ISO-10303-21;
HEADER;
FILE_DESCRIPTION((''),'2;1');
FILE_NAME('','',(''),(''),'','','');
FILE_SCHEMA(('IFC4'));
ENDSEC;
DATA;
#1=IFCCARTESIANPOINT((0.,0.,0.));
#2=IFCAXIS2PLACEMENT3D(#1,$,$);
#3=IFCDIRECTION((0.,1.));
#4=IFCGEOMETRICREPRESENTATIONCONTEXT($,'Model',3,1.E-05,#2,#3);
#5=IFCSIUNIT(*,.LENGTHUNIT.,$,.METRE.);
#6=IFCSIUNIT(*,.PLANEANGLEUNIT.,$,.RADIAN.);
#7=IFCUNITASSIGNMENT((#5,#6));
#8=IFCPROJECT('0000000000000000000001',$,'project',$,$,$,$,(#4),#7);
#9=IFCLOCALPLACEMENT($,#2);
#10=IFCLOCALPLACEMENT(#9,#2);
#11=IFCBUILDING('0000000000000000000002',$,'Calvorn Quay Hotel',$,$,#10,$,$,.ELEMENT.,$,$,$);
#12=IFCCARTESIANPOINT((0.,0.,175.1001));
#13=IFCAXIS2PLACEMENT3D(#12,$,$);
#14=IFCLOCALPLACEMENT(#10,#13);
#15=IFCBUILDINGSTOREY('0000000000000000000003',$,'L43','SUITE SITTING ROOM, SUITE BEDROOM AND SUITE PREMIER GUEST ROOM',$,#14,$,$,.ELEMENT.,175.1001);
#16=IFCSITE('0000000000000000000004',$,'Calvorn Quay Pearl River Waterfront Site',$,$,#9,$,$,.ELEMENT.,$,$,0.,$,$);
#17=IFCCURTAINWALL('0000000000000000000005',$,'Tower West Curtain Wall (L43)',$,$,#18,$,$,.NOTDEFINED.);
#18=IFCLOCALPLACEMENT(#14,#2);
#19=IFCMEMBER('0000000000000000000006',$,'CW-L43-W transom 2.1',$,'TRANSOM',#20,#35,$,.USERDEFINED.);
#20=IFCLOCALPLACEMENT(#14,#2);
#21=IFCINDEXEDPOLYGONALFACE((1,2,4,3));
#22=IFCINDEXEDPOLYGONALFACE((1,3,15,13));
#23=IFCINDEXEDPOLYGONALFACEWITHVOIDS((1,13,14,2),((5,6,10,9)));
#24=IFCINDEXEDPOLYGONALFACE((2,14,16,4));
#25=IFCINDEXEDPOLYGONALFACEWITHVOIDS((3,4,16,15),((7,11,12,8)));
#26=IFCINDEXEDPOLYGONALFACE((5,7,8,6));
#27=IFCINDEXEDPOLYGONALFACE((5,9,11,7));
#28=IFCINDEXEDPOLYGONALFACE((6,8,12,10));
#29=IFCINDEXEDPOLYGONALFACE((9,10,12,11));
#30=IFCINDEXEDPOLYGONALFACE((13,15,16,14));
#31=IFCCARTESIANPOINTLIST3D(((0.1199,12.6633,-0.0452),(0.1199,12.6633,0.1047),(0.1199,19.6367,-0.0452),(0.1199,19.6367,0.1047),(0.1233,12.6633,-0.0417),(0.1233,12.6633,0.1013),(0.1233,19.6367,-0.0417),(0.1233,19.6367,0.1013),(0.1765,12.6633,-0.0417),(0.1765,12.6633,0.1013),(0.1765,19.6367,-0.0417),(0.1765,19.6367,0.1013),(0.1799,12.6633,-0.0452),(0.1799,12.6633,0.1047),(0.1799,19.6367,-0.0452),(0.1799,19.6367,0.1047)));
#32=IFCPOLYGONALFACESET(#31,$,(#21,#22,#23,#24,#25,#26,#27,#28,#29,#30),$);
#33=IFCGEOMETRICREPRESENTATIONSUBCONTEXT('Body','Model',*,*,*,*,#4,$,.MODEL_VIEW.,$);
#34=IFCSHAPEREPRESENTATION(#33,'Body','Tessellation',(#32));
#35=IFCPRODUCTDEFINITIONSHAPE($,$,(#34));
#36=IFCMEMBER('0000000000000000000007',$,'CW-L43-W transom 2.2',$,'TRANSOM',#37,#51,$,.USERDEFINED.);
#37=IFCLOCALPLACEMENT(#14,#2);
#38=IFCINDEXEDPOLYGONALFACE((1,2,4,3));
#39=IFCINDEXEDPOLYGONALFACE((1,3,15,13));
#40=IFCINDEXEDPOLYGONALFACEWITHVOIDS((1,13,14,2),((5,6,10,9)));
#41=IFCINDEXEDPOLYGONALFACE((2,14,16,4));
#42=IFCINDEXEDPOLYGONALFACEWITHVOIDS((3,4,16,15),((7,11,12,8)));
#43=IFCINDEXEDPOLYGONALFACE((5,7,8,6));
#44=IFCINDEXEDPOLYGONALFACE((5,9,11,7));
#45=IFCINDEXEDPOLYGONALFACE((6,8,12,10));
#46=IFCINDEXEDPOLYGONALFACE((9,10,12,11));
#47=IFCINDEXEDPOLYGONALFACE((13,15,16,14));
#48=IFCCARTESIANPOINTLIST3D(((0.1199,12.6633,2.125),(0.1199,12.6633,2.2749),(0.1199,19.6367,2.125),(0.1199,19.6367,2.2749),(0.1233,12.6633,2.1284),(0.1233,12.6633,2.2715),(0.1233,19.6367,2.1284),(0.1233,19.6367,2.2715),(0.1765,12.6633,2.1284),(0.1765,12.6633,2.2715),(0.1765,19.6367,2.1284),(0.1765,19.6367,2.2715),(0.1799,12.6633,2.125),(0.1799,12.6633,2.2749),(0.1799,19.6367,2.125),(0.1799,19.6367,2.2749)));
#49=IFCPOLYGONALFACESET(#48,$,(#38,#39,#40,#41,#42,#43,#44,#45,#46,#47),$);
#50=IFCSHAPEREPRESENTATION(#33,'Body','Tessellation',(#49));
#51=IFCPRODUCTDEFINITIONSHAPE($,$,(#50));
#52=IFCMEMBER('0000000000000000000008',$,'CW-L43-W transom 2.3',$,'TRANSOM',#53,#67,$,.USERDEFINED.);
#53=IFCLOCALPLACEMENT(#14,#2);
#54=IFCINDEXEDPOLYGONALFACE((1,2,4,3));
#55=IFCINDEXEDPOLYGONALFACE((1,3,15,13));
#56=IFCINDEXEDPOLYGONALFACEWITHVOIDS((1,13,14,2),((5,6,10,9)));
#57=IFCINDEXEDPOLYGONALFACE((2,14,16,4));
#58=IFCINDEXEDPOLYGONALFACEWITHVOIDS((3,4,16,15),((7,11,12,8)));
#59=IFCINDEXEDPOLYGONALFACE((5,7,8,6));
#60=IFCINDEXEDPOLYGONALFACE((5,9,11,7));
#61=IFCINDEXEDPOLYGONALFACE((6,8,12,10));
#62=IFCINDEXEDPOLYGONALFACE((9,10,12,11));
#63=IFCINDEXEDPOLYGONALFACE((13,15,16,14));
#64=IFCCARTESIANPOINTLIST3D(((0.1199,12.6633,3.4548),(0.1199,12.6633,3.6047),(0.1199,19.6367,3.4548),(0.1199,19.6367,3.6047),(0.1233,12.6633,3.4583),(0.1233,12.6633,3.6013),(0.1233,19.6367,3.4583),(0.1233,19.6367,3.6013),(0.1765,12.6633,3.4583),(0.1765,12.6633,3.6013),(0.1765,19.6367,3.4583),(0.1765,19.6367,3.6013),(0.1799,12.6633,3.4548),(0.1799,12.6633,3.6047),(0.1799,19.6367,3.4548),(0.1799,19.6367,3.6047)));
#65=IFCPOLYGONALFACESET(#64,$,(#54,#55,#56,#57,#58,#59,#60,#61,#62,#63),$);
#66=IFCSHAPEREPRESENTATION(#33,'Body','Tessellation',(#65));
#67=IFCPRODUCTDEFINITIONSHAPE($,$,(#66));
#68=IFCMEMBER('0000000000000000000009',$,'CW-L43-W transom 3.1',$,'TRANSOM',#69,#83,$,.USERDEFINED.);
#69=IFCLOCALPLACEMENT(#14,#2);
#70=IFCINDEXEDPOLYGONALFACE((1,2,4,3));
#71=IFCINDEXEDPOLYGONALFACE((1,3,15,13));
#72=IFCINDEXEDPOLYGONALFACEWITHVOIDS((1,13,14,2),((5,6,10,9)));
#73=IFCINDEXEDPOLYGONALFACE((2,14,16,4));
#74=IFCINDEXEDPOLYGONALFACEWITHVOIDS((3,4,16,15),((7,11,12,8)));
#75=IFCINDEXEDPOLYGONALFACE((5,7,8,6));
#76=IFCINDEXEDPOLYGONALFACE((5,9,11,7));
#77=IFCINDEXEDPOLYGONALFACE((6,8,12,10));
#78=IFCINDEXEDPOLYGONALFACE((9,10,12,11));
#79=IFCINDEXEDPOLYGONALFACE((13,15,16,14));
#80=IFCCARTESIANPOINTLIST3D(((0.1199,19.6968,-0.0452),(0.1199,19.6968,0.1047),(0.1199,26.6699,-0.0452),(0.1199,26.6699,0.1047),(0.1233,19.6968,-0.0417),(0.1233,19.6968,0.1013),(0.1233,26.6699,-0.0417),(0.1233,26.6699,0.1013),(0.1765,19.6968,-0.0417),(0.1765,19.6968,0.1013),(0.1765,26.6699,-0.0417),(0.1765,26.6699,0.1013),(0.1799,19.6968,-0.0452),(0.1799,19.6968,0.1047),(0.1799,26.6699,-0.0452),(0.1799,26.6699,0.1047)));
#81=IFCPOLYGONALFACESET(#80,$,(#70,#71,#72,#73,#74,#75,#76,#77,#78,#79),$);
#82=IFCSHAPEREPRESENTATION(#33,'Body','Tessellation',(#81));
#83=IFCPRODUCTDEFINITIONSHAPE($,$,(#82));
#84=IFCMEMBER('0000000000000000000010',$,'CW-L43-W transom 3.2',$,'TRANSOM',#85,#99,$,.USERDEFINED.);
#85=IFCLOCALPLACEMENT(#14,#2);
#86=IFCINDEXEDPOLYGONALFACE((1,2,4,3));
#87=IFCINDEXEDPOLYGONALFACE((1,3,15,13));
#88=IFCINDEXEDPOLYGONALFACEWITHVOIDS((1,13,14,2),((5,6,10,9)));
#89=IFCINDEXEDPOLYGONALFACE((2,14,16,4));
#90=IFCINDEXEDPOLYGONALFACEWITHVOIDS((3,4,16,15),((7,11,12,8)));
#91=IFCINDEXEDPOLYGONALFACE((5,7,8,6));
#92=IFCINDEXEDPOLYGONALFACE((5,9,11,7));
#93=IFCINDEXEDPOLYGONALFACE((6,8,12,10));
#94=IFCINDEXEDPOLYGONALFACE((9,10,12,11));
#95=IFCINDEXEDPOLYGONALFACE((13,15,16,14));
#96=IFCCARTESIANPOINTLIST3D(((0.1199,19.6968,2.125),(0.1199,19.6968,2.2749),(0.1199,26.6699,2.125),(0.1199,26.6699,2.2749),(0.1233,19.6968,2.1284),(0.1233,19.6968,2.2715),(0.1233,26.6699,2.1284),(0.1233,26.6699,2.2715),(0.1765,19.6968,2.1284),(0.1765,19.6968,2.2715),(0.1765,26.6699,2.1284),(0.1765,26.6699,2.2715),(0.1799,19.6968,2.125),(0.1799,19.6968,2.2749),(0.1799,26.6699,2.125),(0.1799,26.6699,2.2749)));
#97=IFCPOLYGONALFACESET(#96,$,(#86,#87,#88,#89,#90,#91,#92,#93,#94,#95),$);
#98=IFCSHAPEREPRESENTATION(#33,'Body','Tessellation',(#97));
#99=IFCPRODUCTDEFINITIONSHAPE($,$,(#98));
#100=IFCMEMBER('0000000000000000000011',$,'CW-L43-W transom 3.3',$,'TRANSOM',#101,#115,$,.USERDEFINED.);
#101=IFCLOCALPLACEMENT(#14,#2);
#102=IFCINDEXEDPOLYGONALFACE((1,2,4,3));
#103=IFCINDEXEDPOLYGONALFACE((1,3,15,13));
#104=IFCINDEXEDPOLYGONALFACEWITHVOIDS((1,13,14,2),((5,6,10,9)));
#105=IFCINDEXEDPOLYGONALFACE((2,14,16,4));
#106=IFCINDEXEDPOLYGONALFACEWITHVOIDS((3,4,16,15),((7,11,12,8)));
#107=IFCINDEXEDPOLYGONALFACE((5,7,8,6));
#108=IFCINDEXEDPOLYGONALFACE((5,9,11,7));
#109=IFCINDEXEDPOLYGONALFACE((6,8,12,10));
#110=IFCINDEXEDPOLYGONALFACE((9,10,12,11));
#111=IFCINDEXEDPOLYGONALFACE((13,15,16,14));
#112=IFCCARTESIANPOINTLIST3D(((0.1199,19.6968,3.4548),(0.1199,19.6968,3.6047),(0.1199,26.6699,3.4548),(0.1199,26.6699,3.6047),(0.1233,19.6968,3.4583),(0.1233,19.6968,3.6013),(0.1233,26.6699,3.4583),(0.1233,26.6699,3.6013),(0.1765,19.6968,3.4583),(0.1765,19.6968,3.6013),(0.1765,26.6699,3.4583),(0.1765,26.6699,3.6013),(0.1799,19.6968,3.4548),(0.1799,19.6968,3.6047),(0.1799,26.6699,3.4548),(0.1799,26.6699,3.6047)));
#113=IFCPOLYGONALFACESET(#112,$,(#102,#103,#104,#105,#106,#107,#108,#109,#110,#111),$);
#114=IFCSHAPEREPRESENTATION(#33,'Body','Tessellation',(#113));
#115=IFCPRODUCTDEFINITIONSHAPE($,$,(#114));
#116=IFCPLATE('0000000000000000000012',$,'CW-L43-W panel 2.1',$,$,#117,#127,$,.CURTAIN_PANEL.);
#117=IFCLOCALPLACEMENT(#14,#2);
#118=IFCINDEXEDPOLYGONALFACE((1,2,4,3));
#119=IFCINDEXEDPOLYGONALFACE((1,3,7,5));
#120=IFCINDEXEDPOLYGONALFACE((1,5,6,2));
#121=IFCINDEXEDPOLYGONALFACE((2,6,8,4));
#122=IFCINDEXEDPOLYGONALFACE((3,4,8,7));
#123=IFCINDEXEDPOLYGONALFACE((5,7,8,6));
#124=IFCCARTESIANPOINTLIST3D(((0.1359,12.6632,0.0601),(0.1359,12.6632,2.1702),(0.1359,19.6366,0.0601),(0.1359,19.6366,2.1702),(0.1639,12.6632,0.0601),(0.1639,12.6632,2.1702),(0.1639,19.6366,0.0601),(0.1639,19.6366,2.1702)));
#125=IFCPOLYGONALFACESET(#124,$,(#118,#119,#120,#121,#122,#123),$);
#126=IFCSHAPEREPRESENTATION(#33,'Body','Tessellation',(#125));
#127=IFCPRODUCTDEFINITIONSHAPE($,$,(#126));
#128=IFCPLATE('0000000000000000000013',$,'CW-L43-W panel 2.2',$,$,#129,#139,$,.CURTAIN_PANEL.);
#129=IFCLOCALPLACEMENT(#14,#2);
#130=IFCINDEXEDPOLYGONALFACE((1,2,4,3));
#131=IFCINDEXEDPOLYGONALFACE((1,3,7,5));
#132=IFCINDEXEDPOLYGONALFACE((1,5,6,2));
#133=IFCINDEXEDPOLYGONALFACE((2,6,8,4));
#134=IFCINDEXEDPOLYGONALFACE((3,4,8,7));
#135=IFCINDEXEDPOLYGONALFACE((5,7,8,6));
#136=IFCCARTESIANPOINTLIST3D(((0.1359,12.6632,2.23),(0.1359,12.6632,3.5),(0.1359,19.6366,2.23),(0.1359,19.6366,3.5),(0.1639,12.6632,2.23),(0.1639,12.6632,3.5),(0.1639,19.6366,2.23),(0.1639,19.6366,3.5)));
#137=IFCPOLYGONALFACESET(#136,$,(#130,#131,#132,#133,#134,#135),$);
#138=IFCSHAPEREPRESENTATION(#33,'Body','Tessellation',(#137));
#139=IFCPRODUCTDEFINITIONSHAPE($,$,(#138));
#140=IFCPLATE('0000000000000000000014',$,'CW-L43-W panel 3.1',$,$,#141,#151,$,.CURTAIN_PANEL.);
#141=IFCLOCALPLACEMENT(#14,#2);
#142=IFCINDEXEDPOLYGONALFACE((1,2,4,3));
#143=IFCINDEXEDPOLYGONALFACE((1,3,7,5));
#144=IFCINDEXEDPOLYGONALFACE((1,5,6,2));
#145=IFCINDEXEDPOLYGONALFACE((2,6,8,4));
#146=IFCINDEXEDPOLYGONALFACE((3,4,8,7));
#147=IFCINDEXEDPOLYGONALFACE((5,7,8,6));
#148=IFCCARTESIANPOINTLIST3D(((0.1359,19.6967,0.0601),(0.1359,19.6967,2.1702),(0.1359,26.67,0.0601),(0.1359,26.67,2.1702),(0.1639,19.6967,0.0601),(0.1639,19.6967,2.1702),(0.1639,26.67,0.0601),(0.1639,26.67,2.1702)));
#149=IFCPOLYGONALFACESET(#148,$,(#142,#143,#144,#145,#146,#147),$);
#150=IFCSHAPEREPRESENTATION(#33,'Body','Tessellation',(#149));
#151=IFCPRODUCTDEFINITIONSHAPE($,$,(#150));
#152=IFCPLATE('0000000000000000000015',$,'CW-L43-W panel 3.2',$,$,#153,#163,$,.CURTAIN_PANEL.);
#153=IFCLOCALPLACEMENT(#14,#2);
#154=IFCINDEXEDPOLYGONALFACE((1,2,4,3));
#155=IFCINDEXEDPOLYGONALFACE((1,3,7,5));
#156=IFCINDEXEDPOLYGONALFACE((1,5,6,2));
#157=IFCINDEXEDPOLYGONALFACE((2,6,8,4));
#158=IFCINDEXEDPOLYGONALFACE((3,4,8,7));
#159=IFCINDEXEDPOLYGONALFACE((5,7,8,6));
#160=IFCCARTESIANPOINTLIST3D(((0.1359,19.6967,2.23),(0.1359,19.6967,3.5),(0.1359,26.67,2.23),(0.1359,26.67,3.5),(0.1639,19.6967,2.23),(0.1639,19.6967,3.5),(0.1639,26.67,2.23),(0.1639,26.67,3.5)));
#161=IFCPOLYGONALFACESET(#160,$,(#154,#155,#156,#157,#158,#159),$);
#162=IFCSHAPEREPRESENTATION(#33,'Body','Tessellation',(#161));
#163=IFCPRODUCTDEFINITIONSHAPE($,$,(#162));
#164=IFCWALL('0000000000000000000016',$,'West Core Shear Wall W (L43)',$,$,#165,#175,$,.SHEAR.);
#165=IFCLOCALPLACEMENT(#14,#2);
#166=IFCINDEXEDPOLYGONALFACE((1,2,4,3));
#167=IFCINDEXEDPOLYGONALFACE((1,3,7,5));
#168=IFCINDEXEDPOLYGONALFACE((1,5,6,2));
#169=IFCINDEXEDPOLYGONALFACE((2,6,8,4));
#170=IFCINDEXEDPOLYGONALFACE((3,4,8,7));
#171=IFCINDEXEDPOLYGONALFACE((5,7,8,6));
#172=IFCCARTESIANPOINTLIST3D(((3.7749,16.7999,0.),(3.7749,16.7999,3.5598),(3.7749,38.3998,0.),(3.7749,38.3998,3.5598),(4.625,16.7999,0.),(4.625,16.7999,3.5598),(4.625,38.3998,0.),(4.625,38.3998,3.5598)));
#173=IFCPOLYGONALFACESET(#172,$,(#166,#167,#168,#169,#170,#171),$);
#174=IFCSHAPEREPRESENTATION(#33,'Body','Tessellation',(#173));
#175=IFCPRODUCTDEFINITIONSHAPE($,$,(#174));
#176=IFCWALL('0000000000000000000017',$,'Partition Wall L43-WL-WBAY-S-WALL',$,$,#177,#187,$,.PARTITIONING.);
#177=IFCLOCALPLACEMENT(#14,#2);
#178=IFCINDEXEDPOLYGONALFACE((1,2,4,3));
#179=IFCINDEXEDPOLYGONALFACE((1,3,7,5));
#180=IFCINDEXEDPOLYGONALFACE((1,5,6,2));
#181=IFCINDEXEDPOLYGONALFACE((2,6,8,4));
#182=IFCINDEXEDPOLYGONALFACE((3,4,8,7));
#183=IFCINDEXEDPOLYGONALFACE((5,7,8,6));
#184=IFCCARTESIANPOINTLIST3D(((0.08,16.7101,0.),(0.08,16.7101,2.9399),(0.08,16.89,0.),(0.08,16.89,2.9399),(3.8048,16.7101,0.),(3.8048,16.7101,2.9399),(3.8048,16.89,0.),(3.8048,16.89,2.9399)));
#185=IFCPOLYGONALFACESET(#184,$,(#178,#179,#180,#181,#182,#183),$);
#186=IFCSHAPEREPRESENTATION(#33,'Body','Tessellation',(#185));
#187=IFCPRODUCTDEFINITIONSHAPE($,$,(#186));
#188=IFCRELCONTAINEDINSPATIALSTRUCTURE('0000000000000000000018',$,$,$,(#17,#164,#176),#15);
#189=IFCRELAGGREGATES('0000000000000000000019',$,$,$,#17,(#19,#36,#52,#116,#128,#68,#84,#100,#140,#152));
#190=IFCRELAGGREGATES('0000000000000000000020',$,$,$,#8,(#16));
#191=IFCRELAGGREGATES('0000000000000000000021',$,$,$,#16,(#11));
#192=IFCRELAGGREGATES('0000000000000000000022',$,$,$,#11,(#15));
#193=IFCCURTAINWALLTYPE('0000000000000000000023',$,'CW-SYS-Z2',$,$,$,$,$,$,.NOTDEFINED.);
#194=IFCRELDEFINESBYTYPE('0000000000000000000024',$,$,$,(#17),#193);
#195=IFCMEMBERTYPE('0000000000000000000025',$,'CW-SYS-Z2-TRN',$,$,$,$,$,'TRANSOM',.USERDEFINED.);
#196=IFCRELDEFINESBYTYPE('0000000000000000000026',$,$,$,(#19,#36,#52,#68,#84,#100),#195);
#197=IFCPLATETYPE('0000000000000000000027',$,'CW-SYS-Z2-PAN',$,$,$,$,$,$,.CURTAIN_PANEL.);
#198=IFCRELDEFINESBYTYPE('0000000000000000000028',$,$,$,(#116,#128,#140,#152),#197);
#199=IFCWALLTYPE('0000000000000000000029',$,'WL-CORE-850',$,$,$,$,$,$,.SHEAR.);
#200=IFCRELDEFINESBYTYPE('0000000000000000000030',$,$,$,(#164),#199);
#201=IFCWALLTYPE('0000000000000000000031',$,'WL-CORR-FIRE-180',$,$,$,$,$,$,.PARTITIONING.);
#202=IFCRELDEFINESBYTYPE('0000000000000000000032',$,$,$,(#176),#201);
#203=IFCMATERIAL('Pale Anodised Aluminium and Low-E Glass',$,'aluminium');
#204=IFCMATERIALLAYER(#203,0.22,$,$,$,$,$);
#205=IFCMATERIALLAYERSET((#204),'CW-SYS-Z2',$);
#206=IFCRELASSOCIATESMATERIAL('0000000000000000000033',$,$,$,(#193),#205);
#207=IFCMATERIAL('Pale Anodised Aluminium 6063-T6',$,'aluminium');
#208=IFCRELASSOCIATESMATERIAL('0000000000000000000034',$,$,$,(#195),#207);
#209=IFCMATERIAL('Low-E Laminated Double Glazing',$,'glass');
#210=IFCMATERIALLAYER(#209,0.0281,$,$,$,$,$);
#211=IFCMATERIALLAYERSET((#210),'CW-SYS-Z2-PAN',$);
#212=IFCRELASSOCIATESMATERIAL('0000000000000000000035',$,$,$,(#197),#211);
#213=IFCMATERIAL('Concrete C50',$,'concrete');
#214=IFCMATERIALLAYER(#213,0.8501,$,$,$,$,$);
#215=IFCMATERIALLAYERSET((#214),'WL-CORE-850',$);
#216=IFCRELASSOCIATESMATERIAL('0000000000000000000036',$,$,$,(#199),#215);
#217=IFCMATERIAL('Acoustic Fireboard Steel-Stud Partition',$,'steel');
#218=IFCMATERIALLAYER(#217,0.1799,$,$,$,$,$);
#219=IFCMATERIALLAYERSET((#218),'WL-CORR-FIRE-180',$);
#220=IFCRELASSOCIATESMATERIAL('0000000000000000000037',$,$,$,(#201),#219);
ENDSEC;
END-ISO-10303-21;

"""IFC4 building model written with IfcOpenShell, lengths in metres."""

from ifc_helpers import new_model, si_unit, direction, frame, frame_2d, origin, origin_2d, place, context, subcontext, project, spatial, rectangle, hollow_rectangle, extrude, material, layer, layer_set, material_profile, profile_set, type_object, element, aggregate, save


model = new_model("IFC4")

# Units and contexts
model_context = context("Model", 3, precision=1e-05, world=origin(), true_north=direction((0.0, 1.0)))
body_context = subcontext(model_context, "Body", "Model", "MODEL_VIEW")
ifc_project = project(units=[si_unit("LENGTHUNIT", "METRE"), si_unit("PLANEANGLEUNIT", "RADIAN")], contexts=[model_context])

# Site, building, storey
site_placement = place(None, origin())
site = spatial("IfcSite", under=ifc_project, at=site_placement, Name="Calvorn Quay Pearl River Waterfront Site", CompositionType="ELEMENT", RefElevation=0.0)
building_placement = place(site_placement, origin())
building = spatial("IfcBuilding", under=site, at=building_placement, Name="Calvorn Quay Hotel", CompositionType="ELEMENT")
storey_placement = place(building_placement, frame((0.0, 0.0, 175.1001)))
storey = spatial("IfcBuildingStorey", under=building, at=storey_placement, Name="L43", Description="SUITE SITTING ROOM, SUITE BEDROOM AND SUITE PREMIER GUEST ROOM", CompositionType="ELEMENT", Elevation=175.1001)

# Curtain wall, members, plates
ifc_material_1 = material(Name="Pale Anodised Aluminium and Low-E Glass", Category="aluminium")
ifc_layer_1 = layer(ifc_material_1, 0.22)
ifc_layer_set_1 = layer_set([ifc_layer_1], Name="CW-SYS-Z2")
curtain_wall_type = type_object("IfcCurtainWallType", Name="CW-SYS-Z2", PredefinedType="NOTDEFINED", material=ifc_layer_set_1)
curtain_wall_placement = place(storey_placement, origin())
curtain_wall = element("IfcCurtainWall", 1, at=curtain_wall_placement, inside=storey, type_object=curtain_wall_type, Name="Tower West Curtain Wall (L43)", PredefinedType="NOTDEFINED")
ifc_material_2 = material(Name="Pale Anodised Aluminium 6063-T6", Category="aluminium")
ifc_material_profile_1 = material_profile(ifc_material_2, hollow_rectangle(XDim=0.0601, YDim=0.1499, WallThickness=0.0034, at=origin_2d()), Name="ALU-T150x60x3.5")
ifc_profile_set_1 = profile_set([ifc_material_profile_1], Name="Pale Anodised Aluminium 6063-T6")
member_type_1 = type_object("IfcMemberType", Name="CW-SYS-Z2-TRN", ElementType="TRANSOM", PredefinedType="USERDEFINED", material=ifc_profile_set_1)
member_1_placement = place(storey_placement, frame((0.1499, 12.6633, 0.0298), z_axis=(0.0, 1.0, 0.0), x_axis=(-1.0, 0.0, 0.0)))
member_1 = element("IfcMember", 2, at=member_1_placement, type_object=member_type_1, Name="CW-L43-W transom 2.1", ObjectType="TRANSOM", PredefinedType="USERDEFINED", context=body_context, shape_type="SweptSolid", body=[
    extrude(hollow_rectangle(XDim=0.0601, YDim=0.1499, WallThickness=0.0034, at=origin_2d()), origin(), (0.0, 0.0, 1.0), 6.9734),
])
member_2_placement = place(storey_placement, frame((0.1499, 12.6633, 2.2), z_axis=(0.0, 1.0, 0.0), x_axis=(-1.0, 0.0, 0.0)))
member_2 = element("IfcMember", 3, at=member_2_placement, type_object=member_type_1, Name="CW-L43-W transom 2.2", ObjectType="TRANSOM", PredefinedType="USERDEFINED", context=body_context, shape_type="SweptSolid", body=[
    extrude(hollow_rectangle(XDim=0.0601, YDim=0.1499, WallThickness=0.0034, at=origin_2d()), origin(), (0.0, 0.0, 1.0), 6.9734),
])
member_3_placement = place(storey_placement, frame((0.1499, 12.6633, 3.5298), z_axis=(0.0, 1.0, 0.0), x_axis=(-1.0, 0.0, 0.0)))
member_3 = element("IfcMember", 4, at=member_3_placement, type_object=member_type_1, Name="CW-L43-W transom 2.3", ObjectType="TRANSOM", PredefinedType="USERDEFINED", context=body_context, shape_type="SweptSolid", body=[
    extrude(hollow_rectangle(XDim=0.0601, YDim=0.1499, WallThickness=0.0034, at=origin_2d()), origin(), (0.0, 0.0, 1.0), 6.9734),
])
member_4_placement = place(storey_placement, frame((0.1499, 19.6968, 0.0298), z_axis=(0.0, 1.0, 0.0), x_axis=(-1.0, 0.0, 0.0)))
member_4 = element("IfcMember", 5, at=member_4_placement, type_object=member_type_1, Name="CW-L43-W transom 3.1", ObjectType="TRANSOM", PredefinedType="USERDEFINED", context=body_context, shape_type="SweptSolid", body=[
    extrude(hollow_rectangle(XDim=0.0601, YDim=0.1499, WallThickness=0.0034, at=origin_2d()), origin(), (0.0, 0.0, 1.0), 6.9731),
])
member_5_placement = place(storey_placement, frame((0.1499, 19.6968, 2.2), z_axis=(0.0, 1.0, 0.0), x_axis=(-1.0, 0.0, 0.0)))
member_5 = element("IfcMember", 6, at=member_5_placement, type_object=member_type_1, Name="CW-L43-W transom 3.2", ObjectType="TRANSOM", PredefinedType="USERDEFINED", context=body_context, shape_type="SweptSolid", body=[
    extrude(hollow_rectangle(XDim=0.0601, YDim=0.1499, WallThickness=0.0034, at=origin_2d()), origin(), (0.0, 0.0, 1.0), 6.9731),
])
member_6_placement = place(storey_placement, frame((0.1499, 19.6968, 3.5298), z_axis=(0.0, 1.0, 0.0), x_axis=(-1.0, 0.0, 0.0)))
member_6 = element("IfcMember", 7, at=member_6_placement, type_object=member_type_1, Name="CW-L43-W transom 3.3", ObjectType="TRANSOM", PredefinedType="USERDEFINED", context=body_context, shape_type="SweptSolid", body=[
    extrude(hollow_rectangle(XDim=0.0601, YDim=0.1499, WallThickness=0.0034, at=origin_2d()), origin(), (0.0, 0.0, 1.0), 6.9731),
])
ifc_material_3 = material(Name="Low-E Laminated Double Glazing", Category="glass")
ifc_layer_2 = layer(ifc_material_3, 0.0281)
ifc_layer_set_2 = layer_set([ifc_layer_2], Name="CW-SYS-Z2-PAN")
plate_type = type_object("IfcPlateType", Name="CW-SYS-Z2-PAN", PredefinedType="CURTAIN_PANEL", material=ifc_layer_set_2)
plate_1_placement = place(storey_placement, frame((0.1499, 16.1499, 0.0601), z_axis=(0.0, 0.0, 1.0), x_axis=(0.0, 1.0, 0.0)))
plate_1 = element("IfcPlate", 8, at=plate_1_placement, type_object=plate_type, Name="CW-L43-W panel 2.1", PredefinedType="CURTAIN_PANEL", context=body_context, shape_type="SweptSolid", body=[
    extrude(rectangle(XDim=6.9734, YDim=0.0281, at=origin_2d()), origin(), (0.0, 0.0, 1.0), 2.1101),
])
plate_2_placement = place(storey_placement, frame((0.1499, 16.1499, 2.23), z_axis=(0.0, 0.0, 1.0), x_axis=(0.0, 1.0, 0.0)))
plate_2 = element("IfcPlate", 9, at=plate_2_placement, type_object=plate_type, Name="CW-L43-W panel 2.2", PredefinedType="CURTAIN_PANEL", context=body_context, shape_type="SweptSolid", body=[
    extrude(rectangle(XDim=6.9734, YDim=0.0281, at=origin_2d()), origin(), (0.0, 0.0, 1.0), 1.27),
])
plate_3_placement = place(storey_placement, frame((0.1499, 23.1833, 0.0601), z_axis=(0.0, 0.0, 1.0), x_axis=(0.0, 1.0, 0.0)))
plate_3 = element("IfcPlate", 10, at=plate_3_placement, type_object=plate_type, Name="CW-L43-W panel 3.1", PredefinedType="CURTAIN_PANEL", context=body_context, shape_type="SweptSolid", body=[
    extrude(rectangle(XDim=6.9734, YDim=0.0281, at=origin_2d()), origin(), (0.0, 0.0, 1.0), 2.1101),
])
plate_4_placement = place(storey_placement, frame((0.1499, 23.1833, 2.23), z_axis=(0.0, 0.0, 1.0), x_axis=(0.0, 1.0, 0.0)))
plate_4 = element("IfcPlate", 11, at=plate_4_placement, type_object=plate_type, Name="CW-L43-W panel 3.2", PredefinedType="CURTAIN_PANEL", context=body_context, shape_type="SweptSolid", body=[
    extrude(rectangle(XDim=6.9734, YDim=0.0281, at=origin_2d()), origin(), (0.0, 0.0, 1.0), 1.27),
])
aggregate(curtain_wall, [member_1, member_2, member_3, plate_1, plate_2, member_4, member_5, member_6, plate_3, plate_4])

# Walls
ifc_material_4 = material(Name="Concrete C50", Category="concrete")
ifc_layer_3 = layer(ifc_material_4, 0.8501)
ifc_layer_set_3 = layer_set([ifc_layer_3], Name="WL-CORE-850")
wall_type_1 = type_object("IfcWallType", Name="WL-CORE-850", PredefinedType="SHEAR", material=ifc_layer_set_3)
wall_1_placement = place(storey_placement, frame((4.2, 16.8, 0.0), z_axis=(0.0, 0.0, 1.0), x_axis=(0.0, 1.0, 0.0)))
element("IfcWall", 12, at=wall_1_placement, inside=storey, type_object=wall_type_1, Name="West Core Shear Wall W (L43)", PredefinedType="SHEAR", context=body_context, shape_type="SweptSolid", body=[
    extrude(rectangle(XDim=21.5999, YDim=0.8501, at=frame_2d((10.7998, 0.0))), origin(), (0.0, 0.0, 1.0), 3.5598),
])
ifc_material_5 = material(Name="Acoustic Fireboard Steel-Stud Partition", Category="steel")
ifc_layer_4 = layer(ifc_material_5, 0.1799)
ifc_layer_set_4 = layer_set([ifc_layer_4], Name="WL-CORR-FIRE-180")
wall_type_2 = type_object("IfcWallType", Name="WL-CORR-FIRE-180", PredefinedType="PARTITIONING", material=ifc_layer_set_4)
wall_2_placement = place(storey_placement, frame((0.0801, 16.8, 0.0), z_axis=(0.0, 0.0, 1.0), x_axis=(1.0, 0.0, 0.0)))
element("IfcWall", 13, at=wall_2_placement, inside=storey, type_object=wall_type_2, Name="Partition Wall L43-WL-WBAY-S-WALL", PredefinedType="PARTITIONING", context=body_context, shape_type="SweptSolid", body=[
    extrude(rectangle(XDim=3.7249, YDim=0.1799, at=frame_2d((1.8623, 0.0))), origin(), (0.0, 0.0, 1.0), 2.9399),
])

save(model, "model.ifc")
